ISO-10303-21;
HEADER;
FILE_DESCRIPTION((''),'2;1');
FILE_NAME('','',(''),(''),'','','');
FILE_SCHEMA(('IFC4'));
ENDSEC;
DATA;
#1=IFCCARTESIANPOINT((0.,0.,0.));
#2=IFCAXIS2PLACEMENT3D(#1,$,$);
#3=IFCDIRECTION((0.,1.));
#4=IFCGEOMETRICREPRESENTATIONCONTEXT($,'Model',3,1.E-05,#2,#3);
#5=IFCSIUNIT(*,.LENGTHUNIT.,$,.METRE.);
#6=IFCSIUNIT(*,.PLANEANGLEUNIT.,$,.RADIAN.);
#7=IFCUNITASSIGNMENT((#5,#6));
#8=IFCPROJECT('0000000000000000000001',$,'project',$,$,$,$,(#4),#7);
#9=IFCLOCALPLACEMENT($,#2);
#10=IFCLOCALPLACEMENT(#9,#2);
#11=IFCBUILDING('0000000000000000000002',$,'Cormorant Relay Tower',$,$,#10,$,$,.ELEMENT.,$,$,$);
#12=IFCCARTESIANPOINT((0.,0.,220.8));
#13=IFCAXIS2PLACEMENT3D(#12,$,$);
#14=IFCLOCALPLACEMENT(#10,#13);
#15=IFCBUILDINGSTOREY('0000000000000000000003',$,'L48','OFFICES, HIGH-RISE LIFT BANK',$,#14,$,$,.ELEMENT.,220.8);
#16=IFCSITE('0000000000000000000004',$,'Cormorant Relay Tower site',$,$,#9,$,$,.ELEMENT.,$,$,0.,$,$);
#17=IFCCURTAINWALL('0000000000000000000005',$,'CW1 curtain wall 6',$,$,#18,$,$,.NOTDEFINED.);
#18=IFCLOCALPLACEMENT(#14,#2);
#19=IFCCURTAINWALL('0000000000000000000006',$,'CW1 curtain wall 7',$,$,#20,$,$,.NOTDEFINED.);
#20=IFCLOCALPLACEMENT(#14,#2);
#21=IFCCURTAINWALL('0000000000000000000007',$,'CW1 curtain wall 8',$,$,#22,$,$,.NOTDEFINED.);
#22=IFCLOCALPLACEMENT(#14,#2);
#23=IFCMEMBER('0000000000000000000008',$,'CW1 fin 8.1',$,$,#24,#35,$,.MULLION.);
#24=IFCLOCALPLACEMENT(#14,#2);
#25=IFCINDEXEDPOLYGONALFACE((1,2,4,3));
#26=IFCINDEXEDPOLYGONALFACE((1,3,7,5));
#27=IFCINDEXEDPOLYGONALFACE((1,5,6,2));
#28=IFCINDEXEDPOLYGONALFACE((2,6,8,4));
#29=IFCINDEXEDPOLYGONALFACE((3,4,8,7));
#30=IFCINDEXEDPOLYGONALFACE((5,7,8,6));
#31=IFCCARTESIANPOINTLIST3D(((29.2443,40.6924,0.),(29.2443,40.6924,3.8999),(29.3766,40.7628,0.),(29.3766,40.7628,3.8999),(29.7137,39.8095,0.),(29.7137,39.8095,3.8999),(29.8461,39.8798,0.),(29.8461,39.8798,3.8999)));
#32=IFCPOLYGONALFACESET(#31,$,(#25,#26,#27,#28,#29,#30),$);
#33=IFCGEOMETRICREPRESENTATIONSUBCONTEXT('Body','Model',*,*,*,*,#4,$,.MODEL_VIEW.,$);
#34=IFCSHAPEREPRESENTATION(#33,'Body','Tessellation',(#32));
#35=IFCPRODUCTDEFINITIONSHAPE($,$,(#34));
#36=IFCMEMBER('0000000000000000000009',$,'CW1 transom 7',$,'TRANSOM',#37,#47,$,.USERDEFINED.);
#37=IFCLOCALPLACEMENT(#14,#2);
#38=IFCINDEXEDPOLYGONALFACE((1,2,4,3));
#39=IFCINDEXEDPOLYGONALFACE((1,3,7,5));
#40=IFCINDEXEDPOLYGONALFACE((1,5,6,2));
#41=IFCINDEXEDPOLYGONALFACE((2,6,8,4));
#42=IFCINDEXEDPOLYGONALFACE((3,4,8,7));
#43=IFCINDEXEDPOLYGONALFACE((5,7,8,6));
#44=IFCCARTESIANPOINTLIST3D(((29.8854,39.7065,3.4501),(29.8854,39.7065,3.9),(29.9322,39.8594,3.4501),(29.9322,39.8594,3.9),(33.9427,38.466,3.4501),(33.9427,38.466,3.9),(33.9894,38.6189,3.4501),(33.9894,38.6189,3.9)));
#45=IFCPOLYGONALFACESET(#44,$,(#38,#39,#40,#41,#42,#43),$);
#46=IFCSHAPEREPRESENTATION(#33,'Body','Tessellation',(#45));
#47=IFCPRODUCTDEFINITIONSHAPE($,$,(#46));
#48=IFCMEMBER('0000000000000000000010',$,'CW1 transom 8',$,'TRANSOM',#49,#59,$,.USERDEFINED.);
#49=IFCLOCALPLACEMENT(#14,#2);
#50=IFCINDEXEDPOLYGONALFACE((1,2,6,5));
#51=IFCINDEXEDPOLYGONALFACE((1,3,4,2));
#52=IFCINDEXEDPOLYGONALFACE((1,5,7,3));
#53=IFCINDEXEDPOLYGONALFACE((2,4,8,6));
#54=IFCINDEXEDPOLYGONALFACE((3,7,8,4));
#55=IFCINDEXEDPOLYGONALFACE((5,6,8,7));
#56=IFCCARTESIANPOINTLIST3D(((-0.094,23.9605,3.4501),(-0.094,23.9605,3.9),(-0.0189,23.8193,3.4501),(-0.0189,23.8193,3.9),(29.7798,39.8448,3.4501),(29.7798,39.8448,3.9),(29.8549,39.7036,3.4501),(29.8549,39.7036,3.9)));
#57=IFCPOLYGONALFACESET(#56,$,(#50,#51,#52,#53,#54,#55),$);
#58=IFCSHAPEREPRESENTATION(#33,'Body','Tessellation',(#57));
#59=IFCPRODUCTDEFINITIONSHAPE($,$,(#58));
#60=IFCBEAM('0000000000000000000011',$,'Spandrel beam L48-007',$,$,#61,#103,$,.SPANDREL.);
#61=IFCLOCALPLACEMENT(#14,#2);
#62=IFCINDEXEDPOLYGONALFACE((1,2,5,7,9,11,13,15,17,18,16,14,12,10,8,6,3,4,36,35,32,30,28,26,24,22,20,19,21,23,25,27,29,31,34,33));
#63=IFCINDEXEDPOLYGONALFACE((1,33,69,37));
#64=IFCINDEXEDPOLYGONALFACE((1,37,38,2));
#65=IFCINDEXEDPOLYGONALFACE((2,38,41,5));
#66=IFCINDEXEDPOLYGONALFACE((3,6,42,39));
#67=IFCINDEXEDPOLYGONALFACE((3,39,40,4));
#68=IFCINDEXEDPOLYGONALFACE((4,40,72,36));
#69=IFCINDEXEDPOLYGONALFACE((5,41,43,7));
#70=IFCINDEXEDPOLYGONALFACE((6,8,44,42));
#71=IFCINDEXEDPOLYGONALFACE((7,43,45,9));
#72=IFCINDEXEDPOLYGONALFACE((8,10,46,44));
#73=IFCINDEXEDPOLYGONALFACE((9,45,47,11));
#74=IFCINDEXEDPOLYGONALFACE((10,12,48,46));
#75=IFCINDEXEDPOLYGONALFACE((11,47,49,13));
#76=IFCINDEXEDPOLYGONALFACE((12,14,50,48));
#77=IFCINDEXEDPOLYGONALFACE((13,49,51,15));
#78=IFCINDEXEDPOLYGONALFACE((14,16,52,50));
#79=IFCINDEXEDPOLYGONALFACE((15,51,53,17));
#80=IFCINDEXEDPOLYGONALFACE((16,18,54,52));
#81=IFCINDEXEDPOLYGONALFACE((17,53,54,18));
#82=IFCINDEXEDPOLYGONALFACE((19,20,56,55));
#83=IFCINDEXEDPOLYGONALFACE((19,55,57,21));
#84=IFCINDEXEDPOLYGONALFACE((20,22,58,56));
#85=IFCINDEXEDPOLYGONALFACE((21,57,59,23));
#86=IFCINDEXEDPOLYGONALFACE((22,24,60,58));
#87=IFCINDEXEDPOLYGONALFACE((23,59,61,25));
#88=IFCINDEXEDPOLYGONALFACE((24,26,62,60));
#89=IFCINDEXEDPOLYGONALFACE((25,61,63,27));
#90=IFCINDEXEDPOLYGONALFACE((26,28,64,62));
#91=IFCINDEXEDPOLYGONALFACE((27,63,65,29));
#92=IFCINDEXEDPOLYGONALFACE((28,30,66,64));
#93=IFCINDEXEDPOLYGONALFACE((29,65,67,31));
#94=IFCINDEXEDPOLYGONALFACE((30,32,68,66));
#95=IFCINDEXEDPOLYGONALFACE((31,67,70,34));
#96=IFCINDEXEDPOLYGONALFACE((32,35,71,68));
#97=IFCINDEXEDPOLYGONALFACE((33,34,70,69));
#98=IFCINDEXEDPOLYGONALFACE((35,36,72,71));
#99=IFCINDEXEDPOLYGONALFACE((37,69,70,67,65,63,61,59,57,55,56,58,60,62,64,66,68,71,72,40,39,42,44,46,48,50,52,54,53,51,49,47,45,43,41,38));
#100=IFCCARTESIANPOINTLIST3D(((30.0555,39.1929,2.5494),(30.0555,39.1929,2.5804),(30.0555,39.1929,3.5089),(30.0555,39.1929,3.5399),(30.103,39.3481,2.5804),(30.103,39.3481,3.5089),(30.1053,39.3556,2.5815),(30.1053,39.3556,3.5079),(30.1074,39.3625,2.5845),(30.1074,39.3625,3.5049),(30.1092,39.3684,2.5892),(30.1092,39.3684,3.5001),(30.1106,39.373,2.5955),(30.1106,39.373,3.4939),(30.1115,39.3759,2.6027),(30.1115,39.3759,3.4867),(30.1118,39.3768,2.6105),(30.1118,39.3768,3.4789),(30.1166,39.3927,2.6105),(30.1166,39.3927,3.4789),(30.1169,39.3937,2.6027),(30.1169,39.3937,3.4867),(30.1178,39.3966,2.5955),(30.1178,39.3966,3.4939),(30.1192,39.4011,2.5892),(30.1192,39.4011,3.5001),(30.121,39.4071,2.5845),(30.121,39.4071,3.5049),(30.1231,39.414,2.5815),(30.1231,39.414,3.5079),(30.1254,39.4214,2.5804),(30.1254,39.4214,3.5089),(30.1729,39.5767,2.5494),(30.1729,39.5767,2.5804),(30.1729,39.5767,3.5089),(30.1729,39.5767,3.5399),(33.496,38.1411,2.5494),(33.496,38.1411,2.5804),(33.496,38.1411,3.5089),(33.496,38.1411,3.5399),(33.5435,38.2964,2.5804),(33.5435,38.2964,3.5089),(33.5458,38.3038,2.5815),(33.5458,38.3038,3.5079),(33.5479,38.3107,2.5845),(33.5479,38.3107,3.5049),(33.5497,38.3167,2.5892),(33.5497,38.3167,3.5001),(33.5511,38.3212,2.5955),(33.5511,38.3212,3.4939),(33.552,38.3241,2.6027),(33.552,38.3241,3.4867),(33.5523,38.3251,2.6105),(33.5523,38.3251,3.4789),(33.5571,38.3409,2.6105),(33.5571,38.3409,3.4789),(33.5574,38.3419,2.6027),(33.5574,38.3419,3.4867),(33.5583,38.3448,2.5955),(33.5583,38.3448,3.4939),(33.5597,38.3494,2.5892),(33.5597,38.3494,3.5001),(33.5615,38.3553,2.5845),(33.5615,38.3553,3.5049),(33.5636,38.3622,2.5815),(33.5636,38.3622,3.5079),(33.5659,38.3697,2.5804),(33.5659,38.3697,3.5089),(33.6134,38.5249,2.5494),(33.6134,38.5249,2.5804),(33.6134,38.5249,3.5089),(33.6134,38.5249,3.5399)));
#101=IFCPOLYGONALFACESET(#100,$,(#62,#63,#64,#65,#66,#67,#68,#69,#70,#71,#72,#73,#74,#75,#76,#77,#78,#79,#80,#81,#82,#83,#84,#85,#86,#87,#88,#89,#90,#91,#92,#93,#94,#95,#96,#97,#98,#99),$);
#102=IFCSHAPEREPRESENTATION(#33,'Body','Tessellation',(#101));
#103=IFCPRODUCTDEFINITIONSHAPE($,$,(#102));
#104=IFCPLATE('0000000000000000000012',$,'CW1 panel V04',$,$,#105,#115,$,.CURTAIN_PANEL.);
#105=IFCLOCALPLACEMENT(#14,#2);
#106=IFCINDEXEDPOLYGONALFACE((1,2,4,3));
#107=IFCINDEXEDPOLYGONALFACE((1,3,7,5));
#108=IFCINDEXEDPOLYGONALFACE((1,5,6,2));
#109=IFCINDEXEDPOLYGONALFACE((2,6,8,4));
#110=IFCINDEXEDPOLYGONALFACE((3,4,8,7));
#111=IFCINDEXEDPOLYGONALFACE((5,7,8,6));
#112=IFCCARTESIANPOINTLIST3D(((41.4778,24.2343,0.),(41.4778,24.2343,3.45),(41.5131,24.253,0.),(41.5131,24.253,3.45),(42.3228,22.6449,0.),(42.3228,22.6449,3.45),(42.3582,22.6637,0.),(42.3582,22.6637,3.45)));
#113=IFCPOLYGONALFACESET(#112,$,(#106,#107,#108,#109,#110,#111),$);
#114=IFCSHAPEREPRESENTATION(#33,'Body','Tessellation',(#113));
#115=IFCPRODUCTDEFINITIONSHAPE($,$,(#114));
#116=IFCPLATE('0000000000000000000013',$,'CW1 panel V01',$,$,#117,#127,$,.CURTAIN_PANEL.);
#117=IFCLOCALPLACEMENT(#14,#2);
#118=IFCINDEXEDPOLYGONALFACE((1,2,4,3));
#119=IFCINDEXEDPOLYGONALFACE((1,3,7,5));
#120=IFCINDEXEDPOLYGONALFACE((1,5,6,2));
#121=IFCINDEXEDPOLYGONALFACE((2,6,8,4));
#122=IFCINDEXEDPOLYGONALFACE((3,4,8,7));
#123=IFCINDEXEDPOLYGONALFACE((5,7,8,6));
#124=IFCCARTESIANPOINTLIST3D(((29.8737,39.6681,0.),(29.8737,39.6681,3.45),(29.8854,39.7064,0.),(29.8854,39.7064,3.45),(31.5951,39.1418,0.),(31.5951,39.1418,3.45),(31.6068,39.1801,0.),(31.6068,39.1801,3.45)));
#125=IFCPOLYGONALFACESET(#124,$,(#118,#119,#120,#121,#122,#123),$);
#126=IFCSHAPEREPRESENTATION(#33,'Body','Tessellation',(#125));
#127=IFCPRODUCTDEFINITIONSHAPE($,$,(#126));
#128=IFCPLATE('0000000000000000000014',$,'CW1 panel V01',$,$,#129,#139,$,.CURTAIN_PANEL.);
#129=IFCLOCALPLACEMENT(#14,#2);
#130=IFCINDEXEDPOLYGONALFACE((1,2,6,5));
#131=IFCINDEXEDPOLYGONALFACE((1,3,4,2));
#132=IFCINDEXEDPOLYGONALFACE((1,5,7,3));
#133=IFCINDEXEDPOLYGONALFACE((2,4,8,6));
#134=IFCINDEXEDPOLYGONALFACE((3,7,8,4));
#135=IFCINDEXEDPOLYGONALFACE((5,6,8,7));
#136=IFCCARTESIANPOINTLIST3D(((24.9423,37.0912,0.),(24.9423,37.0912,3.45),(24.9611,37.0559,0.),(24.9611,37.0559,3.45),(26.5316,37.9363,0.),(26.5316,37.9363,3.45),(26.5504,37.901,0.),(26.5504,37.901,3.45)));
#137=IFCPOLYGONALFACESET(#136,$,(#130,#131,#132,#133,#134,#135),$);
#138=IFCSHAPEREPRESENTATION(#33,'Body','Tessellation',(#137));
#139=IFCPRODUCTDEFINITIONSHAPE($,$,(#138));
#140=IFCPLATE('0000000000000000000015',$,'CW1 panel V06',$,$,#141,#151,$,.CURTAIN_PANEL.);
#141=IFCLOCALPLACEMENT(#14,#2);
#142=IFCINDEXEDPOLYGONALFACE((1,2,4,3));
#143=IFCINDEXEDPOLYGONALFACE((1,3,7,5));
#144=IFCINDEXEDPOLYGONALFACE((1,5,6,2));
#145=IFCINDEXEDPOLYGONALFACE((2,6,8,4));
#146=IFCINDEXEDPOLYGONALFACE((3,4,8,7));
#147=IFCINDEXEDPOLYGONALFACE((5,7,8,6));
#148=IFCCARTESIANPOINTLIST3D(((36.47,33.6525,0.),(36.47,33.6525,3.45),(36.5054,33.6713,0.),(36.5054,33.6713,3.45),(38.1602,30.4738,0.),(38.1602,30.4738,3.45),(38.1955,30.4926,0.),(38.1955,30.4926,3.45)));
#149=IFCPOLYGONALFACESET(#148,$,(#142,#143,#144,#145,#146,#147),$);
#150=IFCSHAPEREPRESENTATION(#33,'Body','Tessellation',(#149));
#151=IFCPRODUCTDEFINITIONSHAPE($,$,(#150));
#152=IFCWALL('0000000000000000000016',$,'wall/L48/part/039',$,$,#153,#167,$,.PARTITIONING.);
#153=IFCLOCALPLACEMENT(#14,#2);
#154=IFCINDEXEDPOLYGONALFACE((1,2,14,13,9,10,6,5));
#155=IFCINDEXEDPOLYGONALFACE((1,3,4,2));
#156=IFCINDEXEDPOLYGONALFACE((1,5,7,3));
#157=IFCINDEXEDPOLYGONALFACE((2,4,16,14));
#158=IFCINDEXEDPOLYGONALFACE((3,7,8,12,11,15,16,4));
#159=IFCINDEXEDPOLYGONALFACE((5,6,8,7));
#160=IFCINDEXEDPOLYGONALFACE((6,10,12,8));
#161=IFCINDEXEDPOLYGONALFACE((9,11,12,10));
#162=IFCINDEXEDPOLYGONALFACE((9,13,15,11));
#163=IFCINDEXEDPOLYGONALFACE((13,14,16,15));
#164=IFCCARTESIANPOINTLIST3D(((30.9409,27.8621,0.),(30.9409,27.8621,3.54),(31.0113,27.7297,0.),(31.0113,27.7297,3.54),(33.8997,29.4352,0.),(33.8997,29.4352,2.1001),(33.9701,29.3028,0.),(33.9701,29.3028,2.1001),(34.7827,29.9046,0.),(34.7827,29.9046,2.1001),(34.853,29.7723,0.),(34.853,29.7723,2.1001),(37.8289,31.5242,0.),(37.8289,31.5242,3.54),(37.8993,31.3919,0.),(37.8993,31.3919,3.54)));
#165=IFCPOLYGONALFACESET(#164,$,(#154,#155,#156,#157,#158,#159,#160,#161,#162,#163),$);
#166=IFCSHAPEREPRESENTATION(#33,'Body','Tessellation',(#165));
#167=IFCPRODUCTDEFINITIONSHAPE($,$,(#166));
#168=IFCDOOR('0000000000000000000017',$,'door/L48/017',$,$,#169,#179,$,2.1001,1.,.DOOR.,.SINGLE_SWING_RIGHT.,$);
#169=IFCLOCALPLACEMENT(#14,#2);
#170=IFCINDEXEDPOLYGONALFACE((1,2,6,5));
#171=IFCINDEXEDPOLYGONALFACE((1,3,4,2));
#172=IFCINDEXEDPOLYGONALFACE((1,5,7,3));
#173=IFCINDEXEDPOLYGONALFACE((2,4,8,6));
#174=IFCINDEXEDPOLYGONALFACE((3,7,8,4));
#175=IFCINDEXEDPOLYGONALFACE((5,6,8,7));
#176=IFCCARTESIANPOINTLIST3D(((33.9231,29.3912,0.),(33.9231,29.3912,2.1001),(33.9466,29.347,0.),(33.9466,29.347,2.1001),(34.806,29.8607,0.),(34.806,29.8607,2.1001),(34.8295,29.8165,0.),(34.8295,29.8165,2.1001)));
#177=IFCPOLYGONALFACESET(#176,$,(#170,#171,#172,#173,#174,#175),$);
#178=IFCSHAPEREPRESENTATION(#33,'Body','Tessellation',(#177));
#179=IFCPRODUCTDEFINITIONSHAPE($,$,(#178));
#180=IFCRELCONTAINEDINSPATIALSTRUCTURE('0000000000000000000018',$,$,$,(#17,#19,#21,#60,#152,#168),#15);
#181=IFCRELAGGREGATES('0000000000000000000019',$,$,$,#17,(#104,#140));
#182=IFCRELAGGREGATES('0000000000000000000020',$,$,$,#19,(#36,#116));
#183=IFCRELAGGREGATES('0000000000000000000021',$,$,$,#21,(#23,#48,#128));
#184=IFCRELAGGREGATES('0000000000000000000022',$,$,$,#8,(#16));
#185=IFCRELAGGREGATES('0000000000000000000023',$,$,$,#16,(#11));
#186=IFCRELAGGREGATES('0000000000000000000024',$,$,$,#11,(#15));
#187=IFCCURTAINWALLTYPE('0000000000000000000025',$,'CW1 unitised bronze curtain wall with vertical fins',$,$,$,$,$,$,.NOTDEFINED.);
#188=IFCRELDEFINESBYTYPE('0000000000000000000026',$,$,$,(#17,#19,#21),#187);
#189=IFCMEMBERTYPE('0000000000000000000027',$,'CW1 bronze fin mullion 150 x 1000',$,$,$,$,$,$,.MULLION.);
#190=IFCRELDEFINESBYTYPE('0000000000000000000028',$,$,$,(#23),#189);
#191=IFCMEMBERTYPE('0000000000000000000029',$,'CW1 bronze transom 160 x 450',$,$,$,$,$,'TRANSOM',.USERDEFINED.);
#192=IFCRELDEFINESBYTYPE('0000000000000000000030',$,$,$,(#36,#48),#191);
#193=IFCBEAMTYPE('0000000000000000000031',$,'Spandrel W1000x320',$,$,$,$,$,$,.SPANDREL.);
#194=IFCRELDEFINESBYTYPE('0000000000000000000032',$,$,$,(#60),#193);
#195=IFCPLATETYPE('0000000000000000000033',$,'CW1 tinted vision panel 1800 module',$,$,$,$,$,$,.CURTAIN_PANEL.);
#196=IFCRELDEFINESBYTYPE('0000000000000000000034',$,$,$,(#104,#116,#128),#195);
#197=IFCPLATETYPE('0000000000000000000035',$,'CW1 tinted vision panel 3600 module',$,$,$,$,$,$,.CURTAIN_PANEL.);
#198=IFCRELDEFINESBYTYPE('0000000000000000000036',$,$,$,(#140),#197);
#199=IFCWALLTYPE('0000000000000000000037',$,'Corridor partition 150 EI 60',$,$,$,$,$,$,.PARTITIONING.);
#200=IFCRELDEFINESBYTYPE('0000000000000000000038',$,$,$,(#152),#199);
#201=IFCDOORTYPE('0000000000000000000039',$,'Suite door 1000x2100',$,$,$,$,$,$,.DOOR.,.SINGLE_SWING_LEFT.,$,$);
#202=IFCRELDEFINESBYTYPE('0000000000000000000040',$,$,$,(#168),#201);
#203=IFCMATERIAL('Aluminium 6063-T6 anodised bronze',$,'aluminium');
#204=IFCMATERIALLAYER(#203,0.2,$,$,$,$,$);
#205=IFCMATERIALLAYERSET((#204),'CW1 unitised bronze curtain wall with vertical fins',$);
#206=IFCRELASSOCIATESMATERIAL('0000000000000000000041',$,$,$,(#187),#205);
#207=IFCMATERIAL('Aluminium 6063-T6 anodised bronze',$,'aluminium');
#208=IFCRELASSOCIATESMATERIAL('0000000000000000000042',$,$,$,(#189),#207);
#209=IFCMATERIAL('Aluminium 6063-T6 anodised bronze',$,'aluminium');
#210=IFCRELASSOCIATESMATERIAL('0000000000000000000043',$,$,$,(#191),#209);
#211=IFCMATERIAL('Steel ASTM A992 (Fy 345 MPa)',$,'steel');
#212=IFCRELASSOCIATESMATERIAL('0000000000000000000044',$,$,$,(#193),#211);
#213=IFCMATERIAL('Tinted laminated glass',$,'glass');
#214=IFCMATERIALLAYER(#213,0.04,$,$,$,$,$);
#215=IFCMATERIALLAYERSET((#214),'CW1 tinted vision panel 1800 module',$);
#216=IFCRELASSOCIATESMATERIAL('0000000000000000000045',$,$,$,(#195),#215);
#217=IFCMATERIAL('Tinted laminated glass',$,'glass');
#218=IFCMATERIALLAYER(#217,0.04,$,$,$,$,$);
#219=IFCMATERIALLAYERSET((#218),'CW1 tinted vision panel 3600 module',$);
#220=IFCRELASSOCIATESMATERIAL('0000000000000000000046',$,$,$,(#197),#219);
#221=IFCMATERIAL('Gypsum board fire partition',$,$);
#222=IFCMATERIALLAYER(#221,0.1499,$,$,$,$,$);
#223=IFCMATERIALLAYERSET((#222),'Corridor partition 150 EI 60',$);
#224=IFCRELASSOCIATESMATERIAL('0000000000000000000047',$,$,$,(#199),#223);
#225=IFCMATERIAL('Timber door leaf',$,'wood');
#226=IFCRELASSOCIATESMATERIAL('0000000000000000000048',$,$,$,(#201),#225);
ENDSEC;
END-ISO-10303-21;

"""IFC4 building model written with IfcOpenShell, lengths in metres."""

from ifc_helpers import new_model, si_unit, direction, frame, frame_2d, origin, origin_2d, place, context, subcontext, project, spatial, rectangle, i_section, extrude, material, layer, layer_set, material_profile, profile_set, type_object, element, fill, aggregate, save


model = new_model("IFC4")

# Units and contexts
model_context = context("Model", 3, precision=1e-05, world=origin(), true_north=direction((0.0, 1.0)))
body_context = subcontext(model_context, "Body", "Model", "MODEL_VIEW")
ifc_project = project(units=[si_unit("LENGTHUNIT", "METRE"), si_unit("PLANEANGLEUNIT", "RADIAN")], contexts=[model_context])

# Site, building, storey
site_placement = place(None, origin())
site = spatial("IfcSite", under=ifc_project, at=site_placement, Name="Cormorant Relay Tower site", CompositionType="ELEMENT", RefElevation=0.0)
building_placement = place(site_placement, origin())
building = spatial("IfcBuilding", under=site, at=building_placement, Name="Cormorant Relay Tower", CompositionType="ELEMENT")
storey_placement = place(building_placement, frame((0.0, 0.0, 220.8)))
storey = spatial("IfcBuildingStorey", under=building, at=storey_placement, Name="L48", Description="OFFICES, HIGH-RISE LIFT BANK", CompositionType="ELEMENT", Elevation=220.8)

# Curtain wall
ifc_material_1 = material(Name="Aluminium 6063-T6 anodised bronze", Category="aluminium")
ifc_layer_1 = layer(ifc_material_1, 0.2)
ifc_layer_set_1 = layer_set([ifc_layer_1], Name="CW1 unitised bronze curtain wall with vertical fins")
curtain_wall_type = type_object("IfcCurtainWallType", Name="CW1 unitised bronze curtain wall with vertical fins", PredefinedType="NOTDEFINED", material=ifc_layer_set_1)
curtain_wall_1_placement = place(storey_placement, origin())
curtain_wall_1 = element("IfcCurtainWall", 1, at=curtain_wall_1_placement, inside=storey, type_object=curtain_wall_type, Name="CW1 curtain wall 6", PredefinedType="NOTDEFINED")
ifc_material_2 = material(Name="Aluminium 6063-T6 anodised bronze", Category="aluminium")
ifc_material_profile_1 = material_profile(ifc_material_2, rectangle(XDim=0.1499, YDim=1.0, at=origin_2d()), Name="AL 150x1000")
ifc_profile_set_1 = profile_set([ifc_material_profile_1], Name="Aluminium 6063-T6 anodised bronze")
member_type_1 = type_object("IfcMemberType", Name="CW1 bronze fin mullion 150 x 1000", PredefinedType="MULLION", material=ifc_profile_set_1)

# Curtain walls, member
curtain_wall_2_placement = place(storey_placement, origin())
curtain_wall_2 = element("IfcCurtainWall", 2, at=curtain_wall_2_placement, inside=storey, type_object=curtain_wall_type, Name="CW1 curtain wall 7", PredefinedType="NOTDEFINED")
curtain_wall_3_placement = place(storey_placement, origin())
curtain_wall_3 = element("IfcCurtainWall", 3, at=curtain_wall_3_placement, inside=storey, type_object=curtain_wall_type, Name="CW1 curtain wall 8", PredefinedType="NOTDEFINED")
member_1_placement = place(storey_placement, frame((29.5452, 40.2861, 0.0), z_axis=(0.0, 0.0, 1.0), x_axis=(-0.882948, -0.469472, 0.0)))
member_1 = element("IfcMember", 4, at=member_1_placement, type_object=member_type_1, Name="CW1 fin 8.1", PredefinedType="MULLION", context=body_context, shape_type="SweptSolid", body=[
    extrude(rectangle(XDim=0.1499, YDim=1.0, at=origin_2d()), origin(), (0.0, 0.0, 1.0), 3.8999),
])

# Members
ifc_material_3 = material(Name="Aluminium 6063-T6 anodised bronze", Category="aluminium")
ifc_material_profile_2 = material_profile(ifc_material_3, rectangle(XDim=0.1599, YDim=0.45, at=origin_2d()), Name="AL 160x450")
ifc_profile_set_2 = profile_set([ifc_material_profile_2], Name="Aluminium 6063-T6 anodised bronze")
member_type_2 = type_object("IfcMemberType", Name="CW1 bronze transom 160 x 450", ElementType="TRANSOM", PredefinedType="USERDEFINED", material=ifc_profile_set_2)
member_2_placement = place(storey_placement, frame((33.9661, 38.5425, 3.675), z_axis=(-0.956304, 0.292375, 0.0), x_axis=(-0.292375, -0.956304, 0.0)))
member_2 = element("IfcMember", 5, at=member_2_placement, type_object=member_type_2, Name="CW1 transom 7", ObjectType="TRANSOM", PredefinedType="USERDEFINED", context=body_context, shape_type="SweptSolid", body=[
    extrude(rectangle(XDim=0.1599, YDim=0.45, at=origin_2d()), origin(), (0.0, 0.0, 1.0), 4.2427),
])
member_3_placement = place(storey_placement, frame((29.8174, 39.7742, 3.675), z_axis=(-0.882946, -0.469474, 0.0), x_axis=(0.469474, -0.882946, 0.0)))
member_3 = element("IfcMember", 6, at=member_3_placement, type_object=member_type_2, Name="CW1 transom 8", ObjectType="TRANSOM", PredefinedType="USERDEFINED", context=body_context, shape_type="SweptSolid", body=[
    extrude(rectangle(XDim=0.1599, YDim=0.45, at=origin_2d()), origin(), (0.0, 0.0, 1.0), 33.8342),
])

# Beam
ifc_material_4 = material(Name="Steel ASTM A992 (Fy 345 MPa)", Category="steel")
ifc_material_profile_3 = material_profile(ifc_material_4, i_section(OverallWidth=0.4014, OverallDepth=0.9905, WebThickness=0.0166, FlangeThickness=0.031, FilletRadius=0.03, at=origin_2d()), Name="W1000x320")
ifc_profile_set_3 = profile_set([ifc_material_profile_3], Name="Steel ASTM A992 (Fy 345 MPa)")
beam_type = type_object("IfcBeamType", Name="Spandrel W1000x320", PredefinedType="SPANDREL", material=ifc_profile_set_3)
beam_placement = place(storey_placement, frame((33.5547, 38.333, 3.0447), z_axis=(-0.956312, 0.29235, 0.0), x_axis=(-0.29235, -0.956312, 0.0)))
element("IfcBeam", 7, at=beam_placement, inside=storey, type_object=beam_type, Name="Spandrel beam L48-007", PredefinedType="SPANDREL", context=body_context, shape_type="SweptSolid", body=[
    extrude(i_section(OverallWidth=0.4014, OverallDepth=0.9905, WebThickness=0.0166, FlangeThickness=0.031, FilletRadius=0.03, at=origin_2d()), origin(), (0.0, 0.0, 1.0), 3.5977),
])

# Plates
ifc_material_5 = material(Name="Tinted laminated glass", Category="glass")
ifc_layer_2 = layer(ifc_material_5, 0.04)
ifc_layer_set_2 = layer_set([ifc_layer_2], Name="CW1 tinted vision panel 1800 module")
plate_type_1 = type_object("IfcPlateType", Name="CW1 tinted vision panel 1800 module", PredefinedType="CURTAIN_PANEL", material=ifc_layer_set_2)
plate_1_placement = place(storey_placement, frame((41.918, 23.449, 0.0), z_axis=(0.0, 0.0, 1.0), x_axis=(-0.469472, 0.882948, 0.0)))
plate_1 = element("IfcPlate", 8, at=plate_1_placement, type_object=plate_type_1, Name="CW1 panel V04", PredefinedType="CURTAIN_PANEL", context=body_context, shape_type="SweptSolid", body=[
    extrude(rectangle(XDim=1.8, YDim=0.04, at=origin_2d()), origin(), (0.0, 0.0, 1.0), 3.45),
])
plate_2_placement = place(storey_placement, frame((30.7402, 39.4241, 0.0), z_axis=(0.0, 0.0, 1.0), x_axis=(-0.956305, 0.292372, 0.0)))
plate_2 = element("IfcPlate", 9, at=plate_2_placement, type_object=plate_type_1, Name="CW1 panel V01", PredefinedType="CURTAIN_PANEL", context=body_context, shape_type="SweptSolid", body=[
    extrude(rectangle(XDim=1.8, YDim=0.04, at=origin_2d()), origin(), (0.0, 0.0, 1.0), 3.45),
])
plate_3_placement = place(storey_placement, frame((25.7463, 37.4961, 0.0), z_axis=(0.0, 0.0, 1.0), x_axis=(-0.882948, -0.469472, 0.0)))
plate_3 = element("IfcPlate", 10, at=plate_3_placement, type_object=plate_type_1, Name="CW1 panel V01", PredefinedType="CURTAIN_PANEL", context=body_context, shape_type="SweptSolid", body=[
    extrude(rectangle(XDim=1.8, YDim=0.04, at=origin_2d()), origin(), (0.0, 0.0, 1.0), 3.45),
])
ifc_material_6 = material(Name="Tinted laminated glass", Category="glass")
ifc_layer_3 = layer(ifc_material_6, 0.04)
ifc_layer_set_3 = layer_set([ifc_layer_3], Name="CW1 tinted vision panel 3600 module")
plate_type_2 = type_object("IfcPlateType", Name="CW1 tinted vision panel 3600 module", PredefinedType="CURTAIN_PANEL", material=ifc_layer_set_3)
plate_4_placement = place(storey_placement, frame((37.3328, 32.0725, 0.0), z_axis=(0.0, 0.0, 1.0), x_axis=(-0.469472, 0.882948, 0.0)))
plate_4 = element("IfcPlate", 11, at=plate_4_placement, type_object=plate_type_2, Name="CW1 panel V06", PredefinedType="CURTAIN_PANEL", context=body_context, shape_type="SweptSolid", body=[
    extrude(rectangle(XDim=3.6001, YDim=0.04, at=origin_2d()), origin(), (0.0, 0.0, 1.0), 3.45),
])

# Wall, opening, door
ifc_material_7 = material(Name="Gypsum board fire partition")
ifc_layer_4 = layer(ifc_material_7, 0.1499)
ifc_layer_set_4 = layer_set([ifc_layer_4], Name="Corridor partition 150 EI 60")
wall_type_1 = type_object("IfcWallType", Name="Corridor partition 150 EI 60", PredefinedType="PARTITIONING", material=ifc_layer_set_4)
wall_1_placement = place(storey_placement, frame((37.864, 31.458, 0.0), z_axis=(0.0, 0.0, 1.0), x_axis=(-0.882962, -0.469444, 0.0)))
wall_1 = element("IfcWall", 12, at=wall_1_placement, inside=storey, type_object=wall_type_1, Name="wall/L48/part/039", PredefinedType="PARTITIONING", context=body_context, shape_type="SweptSolid", body=[
    extrude(rectangle(XDim=7.801, YDim=0.1499, at=frame_2d((3.9004, 0.0))), origin(), (0.0, 0.0, 1.0), 3.54),
])
opening_1_placement = place(wall_1_placement, frame((3.45, 0.0, 0.0)))
opening_1 = element("IfcOpeningElement", 13, at=opening_1_placement, cuts=wall_1, PredefinedType="OPENING", context=body_context, shape_type="SweptSolid", body=[
    extrude(rectangle(XDim=1.0, YDim=2.1001, at=frame_2d((0.5, 1.05))), frame((0.0, 0.085, 0.0), z_axis=(0.0, -1.0, 0.0), x_axis=(1.0, 0.0, 0.0)), (0.0, 0.0, 1.0), 0.1699),
])
ifc_material_8 = material(Name="Timber door leaf", Category="wood")
door_type = type_object("IfcDoorType", Name="Suite door 1000x2100", OperationType="SINGLE_SWING_LEFT", PredefinedType="DOOR", material=ifc_material_8)
door_1_placement = place(opening_1_placement, origin())
door_1 = element("IfcDoor", 14, at=door_1_placement, inside=storey, type_object=door_type, Name="door/L48/017", OperationType="SINGLE_SWING_RIGHT", OverallHeight=2.1001, OverallWidth=1.0, PredefinedType="DOOR", context=body_context, shape_type="SweptSolid", body=[
    extrude(rectangle(XDim=1.0, YDim=2.1001, at=frame_2d((0.5, 1.05))), frame((0.0, 0.0249, 0.0), z_axis=(0.0, -1.0, 0.0), x_axis=(1.0, 0.0, 0.0)), (0.0, 0.0, 1.0), 0.05),
])
fill(opening_1, door_1)

aggregate(curtain_wall_1, [plate_1, plate_4])
aggregate(curtain_wall_2, [member_2, plate_2])
aggregate(curtain_wall_3, [member_1, member_3, plate_3])

save(model, "model.ifc")
